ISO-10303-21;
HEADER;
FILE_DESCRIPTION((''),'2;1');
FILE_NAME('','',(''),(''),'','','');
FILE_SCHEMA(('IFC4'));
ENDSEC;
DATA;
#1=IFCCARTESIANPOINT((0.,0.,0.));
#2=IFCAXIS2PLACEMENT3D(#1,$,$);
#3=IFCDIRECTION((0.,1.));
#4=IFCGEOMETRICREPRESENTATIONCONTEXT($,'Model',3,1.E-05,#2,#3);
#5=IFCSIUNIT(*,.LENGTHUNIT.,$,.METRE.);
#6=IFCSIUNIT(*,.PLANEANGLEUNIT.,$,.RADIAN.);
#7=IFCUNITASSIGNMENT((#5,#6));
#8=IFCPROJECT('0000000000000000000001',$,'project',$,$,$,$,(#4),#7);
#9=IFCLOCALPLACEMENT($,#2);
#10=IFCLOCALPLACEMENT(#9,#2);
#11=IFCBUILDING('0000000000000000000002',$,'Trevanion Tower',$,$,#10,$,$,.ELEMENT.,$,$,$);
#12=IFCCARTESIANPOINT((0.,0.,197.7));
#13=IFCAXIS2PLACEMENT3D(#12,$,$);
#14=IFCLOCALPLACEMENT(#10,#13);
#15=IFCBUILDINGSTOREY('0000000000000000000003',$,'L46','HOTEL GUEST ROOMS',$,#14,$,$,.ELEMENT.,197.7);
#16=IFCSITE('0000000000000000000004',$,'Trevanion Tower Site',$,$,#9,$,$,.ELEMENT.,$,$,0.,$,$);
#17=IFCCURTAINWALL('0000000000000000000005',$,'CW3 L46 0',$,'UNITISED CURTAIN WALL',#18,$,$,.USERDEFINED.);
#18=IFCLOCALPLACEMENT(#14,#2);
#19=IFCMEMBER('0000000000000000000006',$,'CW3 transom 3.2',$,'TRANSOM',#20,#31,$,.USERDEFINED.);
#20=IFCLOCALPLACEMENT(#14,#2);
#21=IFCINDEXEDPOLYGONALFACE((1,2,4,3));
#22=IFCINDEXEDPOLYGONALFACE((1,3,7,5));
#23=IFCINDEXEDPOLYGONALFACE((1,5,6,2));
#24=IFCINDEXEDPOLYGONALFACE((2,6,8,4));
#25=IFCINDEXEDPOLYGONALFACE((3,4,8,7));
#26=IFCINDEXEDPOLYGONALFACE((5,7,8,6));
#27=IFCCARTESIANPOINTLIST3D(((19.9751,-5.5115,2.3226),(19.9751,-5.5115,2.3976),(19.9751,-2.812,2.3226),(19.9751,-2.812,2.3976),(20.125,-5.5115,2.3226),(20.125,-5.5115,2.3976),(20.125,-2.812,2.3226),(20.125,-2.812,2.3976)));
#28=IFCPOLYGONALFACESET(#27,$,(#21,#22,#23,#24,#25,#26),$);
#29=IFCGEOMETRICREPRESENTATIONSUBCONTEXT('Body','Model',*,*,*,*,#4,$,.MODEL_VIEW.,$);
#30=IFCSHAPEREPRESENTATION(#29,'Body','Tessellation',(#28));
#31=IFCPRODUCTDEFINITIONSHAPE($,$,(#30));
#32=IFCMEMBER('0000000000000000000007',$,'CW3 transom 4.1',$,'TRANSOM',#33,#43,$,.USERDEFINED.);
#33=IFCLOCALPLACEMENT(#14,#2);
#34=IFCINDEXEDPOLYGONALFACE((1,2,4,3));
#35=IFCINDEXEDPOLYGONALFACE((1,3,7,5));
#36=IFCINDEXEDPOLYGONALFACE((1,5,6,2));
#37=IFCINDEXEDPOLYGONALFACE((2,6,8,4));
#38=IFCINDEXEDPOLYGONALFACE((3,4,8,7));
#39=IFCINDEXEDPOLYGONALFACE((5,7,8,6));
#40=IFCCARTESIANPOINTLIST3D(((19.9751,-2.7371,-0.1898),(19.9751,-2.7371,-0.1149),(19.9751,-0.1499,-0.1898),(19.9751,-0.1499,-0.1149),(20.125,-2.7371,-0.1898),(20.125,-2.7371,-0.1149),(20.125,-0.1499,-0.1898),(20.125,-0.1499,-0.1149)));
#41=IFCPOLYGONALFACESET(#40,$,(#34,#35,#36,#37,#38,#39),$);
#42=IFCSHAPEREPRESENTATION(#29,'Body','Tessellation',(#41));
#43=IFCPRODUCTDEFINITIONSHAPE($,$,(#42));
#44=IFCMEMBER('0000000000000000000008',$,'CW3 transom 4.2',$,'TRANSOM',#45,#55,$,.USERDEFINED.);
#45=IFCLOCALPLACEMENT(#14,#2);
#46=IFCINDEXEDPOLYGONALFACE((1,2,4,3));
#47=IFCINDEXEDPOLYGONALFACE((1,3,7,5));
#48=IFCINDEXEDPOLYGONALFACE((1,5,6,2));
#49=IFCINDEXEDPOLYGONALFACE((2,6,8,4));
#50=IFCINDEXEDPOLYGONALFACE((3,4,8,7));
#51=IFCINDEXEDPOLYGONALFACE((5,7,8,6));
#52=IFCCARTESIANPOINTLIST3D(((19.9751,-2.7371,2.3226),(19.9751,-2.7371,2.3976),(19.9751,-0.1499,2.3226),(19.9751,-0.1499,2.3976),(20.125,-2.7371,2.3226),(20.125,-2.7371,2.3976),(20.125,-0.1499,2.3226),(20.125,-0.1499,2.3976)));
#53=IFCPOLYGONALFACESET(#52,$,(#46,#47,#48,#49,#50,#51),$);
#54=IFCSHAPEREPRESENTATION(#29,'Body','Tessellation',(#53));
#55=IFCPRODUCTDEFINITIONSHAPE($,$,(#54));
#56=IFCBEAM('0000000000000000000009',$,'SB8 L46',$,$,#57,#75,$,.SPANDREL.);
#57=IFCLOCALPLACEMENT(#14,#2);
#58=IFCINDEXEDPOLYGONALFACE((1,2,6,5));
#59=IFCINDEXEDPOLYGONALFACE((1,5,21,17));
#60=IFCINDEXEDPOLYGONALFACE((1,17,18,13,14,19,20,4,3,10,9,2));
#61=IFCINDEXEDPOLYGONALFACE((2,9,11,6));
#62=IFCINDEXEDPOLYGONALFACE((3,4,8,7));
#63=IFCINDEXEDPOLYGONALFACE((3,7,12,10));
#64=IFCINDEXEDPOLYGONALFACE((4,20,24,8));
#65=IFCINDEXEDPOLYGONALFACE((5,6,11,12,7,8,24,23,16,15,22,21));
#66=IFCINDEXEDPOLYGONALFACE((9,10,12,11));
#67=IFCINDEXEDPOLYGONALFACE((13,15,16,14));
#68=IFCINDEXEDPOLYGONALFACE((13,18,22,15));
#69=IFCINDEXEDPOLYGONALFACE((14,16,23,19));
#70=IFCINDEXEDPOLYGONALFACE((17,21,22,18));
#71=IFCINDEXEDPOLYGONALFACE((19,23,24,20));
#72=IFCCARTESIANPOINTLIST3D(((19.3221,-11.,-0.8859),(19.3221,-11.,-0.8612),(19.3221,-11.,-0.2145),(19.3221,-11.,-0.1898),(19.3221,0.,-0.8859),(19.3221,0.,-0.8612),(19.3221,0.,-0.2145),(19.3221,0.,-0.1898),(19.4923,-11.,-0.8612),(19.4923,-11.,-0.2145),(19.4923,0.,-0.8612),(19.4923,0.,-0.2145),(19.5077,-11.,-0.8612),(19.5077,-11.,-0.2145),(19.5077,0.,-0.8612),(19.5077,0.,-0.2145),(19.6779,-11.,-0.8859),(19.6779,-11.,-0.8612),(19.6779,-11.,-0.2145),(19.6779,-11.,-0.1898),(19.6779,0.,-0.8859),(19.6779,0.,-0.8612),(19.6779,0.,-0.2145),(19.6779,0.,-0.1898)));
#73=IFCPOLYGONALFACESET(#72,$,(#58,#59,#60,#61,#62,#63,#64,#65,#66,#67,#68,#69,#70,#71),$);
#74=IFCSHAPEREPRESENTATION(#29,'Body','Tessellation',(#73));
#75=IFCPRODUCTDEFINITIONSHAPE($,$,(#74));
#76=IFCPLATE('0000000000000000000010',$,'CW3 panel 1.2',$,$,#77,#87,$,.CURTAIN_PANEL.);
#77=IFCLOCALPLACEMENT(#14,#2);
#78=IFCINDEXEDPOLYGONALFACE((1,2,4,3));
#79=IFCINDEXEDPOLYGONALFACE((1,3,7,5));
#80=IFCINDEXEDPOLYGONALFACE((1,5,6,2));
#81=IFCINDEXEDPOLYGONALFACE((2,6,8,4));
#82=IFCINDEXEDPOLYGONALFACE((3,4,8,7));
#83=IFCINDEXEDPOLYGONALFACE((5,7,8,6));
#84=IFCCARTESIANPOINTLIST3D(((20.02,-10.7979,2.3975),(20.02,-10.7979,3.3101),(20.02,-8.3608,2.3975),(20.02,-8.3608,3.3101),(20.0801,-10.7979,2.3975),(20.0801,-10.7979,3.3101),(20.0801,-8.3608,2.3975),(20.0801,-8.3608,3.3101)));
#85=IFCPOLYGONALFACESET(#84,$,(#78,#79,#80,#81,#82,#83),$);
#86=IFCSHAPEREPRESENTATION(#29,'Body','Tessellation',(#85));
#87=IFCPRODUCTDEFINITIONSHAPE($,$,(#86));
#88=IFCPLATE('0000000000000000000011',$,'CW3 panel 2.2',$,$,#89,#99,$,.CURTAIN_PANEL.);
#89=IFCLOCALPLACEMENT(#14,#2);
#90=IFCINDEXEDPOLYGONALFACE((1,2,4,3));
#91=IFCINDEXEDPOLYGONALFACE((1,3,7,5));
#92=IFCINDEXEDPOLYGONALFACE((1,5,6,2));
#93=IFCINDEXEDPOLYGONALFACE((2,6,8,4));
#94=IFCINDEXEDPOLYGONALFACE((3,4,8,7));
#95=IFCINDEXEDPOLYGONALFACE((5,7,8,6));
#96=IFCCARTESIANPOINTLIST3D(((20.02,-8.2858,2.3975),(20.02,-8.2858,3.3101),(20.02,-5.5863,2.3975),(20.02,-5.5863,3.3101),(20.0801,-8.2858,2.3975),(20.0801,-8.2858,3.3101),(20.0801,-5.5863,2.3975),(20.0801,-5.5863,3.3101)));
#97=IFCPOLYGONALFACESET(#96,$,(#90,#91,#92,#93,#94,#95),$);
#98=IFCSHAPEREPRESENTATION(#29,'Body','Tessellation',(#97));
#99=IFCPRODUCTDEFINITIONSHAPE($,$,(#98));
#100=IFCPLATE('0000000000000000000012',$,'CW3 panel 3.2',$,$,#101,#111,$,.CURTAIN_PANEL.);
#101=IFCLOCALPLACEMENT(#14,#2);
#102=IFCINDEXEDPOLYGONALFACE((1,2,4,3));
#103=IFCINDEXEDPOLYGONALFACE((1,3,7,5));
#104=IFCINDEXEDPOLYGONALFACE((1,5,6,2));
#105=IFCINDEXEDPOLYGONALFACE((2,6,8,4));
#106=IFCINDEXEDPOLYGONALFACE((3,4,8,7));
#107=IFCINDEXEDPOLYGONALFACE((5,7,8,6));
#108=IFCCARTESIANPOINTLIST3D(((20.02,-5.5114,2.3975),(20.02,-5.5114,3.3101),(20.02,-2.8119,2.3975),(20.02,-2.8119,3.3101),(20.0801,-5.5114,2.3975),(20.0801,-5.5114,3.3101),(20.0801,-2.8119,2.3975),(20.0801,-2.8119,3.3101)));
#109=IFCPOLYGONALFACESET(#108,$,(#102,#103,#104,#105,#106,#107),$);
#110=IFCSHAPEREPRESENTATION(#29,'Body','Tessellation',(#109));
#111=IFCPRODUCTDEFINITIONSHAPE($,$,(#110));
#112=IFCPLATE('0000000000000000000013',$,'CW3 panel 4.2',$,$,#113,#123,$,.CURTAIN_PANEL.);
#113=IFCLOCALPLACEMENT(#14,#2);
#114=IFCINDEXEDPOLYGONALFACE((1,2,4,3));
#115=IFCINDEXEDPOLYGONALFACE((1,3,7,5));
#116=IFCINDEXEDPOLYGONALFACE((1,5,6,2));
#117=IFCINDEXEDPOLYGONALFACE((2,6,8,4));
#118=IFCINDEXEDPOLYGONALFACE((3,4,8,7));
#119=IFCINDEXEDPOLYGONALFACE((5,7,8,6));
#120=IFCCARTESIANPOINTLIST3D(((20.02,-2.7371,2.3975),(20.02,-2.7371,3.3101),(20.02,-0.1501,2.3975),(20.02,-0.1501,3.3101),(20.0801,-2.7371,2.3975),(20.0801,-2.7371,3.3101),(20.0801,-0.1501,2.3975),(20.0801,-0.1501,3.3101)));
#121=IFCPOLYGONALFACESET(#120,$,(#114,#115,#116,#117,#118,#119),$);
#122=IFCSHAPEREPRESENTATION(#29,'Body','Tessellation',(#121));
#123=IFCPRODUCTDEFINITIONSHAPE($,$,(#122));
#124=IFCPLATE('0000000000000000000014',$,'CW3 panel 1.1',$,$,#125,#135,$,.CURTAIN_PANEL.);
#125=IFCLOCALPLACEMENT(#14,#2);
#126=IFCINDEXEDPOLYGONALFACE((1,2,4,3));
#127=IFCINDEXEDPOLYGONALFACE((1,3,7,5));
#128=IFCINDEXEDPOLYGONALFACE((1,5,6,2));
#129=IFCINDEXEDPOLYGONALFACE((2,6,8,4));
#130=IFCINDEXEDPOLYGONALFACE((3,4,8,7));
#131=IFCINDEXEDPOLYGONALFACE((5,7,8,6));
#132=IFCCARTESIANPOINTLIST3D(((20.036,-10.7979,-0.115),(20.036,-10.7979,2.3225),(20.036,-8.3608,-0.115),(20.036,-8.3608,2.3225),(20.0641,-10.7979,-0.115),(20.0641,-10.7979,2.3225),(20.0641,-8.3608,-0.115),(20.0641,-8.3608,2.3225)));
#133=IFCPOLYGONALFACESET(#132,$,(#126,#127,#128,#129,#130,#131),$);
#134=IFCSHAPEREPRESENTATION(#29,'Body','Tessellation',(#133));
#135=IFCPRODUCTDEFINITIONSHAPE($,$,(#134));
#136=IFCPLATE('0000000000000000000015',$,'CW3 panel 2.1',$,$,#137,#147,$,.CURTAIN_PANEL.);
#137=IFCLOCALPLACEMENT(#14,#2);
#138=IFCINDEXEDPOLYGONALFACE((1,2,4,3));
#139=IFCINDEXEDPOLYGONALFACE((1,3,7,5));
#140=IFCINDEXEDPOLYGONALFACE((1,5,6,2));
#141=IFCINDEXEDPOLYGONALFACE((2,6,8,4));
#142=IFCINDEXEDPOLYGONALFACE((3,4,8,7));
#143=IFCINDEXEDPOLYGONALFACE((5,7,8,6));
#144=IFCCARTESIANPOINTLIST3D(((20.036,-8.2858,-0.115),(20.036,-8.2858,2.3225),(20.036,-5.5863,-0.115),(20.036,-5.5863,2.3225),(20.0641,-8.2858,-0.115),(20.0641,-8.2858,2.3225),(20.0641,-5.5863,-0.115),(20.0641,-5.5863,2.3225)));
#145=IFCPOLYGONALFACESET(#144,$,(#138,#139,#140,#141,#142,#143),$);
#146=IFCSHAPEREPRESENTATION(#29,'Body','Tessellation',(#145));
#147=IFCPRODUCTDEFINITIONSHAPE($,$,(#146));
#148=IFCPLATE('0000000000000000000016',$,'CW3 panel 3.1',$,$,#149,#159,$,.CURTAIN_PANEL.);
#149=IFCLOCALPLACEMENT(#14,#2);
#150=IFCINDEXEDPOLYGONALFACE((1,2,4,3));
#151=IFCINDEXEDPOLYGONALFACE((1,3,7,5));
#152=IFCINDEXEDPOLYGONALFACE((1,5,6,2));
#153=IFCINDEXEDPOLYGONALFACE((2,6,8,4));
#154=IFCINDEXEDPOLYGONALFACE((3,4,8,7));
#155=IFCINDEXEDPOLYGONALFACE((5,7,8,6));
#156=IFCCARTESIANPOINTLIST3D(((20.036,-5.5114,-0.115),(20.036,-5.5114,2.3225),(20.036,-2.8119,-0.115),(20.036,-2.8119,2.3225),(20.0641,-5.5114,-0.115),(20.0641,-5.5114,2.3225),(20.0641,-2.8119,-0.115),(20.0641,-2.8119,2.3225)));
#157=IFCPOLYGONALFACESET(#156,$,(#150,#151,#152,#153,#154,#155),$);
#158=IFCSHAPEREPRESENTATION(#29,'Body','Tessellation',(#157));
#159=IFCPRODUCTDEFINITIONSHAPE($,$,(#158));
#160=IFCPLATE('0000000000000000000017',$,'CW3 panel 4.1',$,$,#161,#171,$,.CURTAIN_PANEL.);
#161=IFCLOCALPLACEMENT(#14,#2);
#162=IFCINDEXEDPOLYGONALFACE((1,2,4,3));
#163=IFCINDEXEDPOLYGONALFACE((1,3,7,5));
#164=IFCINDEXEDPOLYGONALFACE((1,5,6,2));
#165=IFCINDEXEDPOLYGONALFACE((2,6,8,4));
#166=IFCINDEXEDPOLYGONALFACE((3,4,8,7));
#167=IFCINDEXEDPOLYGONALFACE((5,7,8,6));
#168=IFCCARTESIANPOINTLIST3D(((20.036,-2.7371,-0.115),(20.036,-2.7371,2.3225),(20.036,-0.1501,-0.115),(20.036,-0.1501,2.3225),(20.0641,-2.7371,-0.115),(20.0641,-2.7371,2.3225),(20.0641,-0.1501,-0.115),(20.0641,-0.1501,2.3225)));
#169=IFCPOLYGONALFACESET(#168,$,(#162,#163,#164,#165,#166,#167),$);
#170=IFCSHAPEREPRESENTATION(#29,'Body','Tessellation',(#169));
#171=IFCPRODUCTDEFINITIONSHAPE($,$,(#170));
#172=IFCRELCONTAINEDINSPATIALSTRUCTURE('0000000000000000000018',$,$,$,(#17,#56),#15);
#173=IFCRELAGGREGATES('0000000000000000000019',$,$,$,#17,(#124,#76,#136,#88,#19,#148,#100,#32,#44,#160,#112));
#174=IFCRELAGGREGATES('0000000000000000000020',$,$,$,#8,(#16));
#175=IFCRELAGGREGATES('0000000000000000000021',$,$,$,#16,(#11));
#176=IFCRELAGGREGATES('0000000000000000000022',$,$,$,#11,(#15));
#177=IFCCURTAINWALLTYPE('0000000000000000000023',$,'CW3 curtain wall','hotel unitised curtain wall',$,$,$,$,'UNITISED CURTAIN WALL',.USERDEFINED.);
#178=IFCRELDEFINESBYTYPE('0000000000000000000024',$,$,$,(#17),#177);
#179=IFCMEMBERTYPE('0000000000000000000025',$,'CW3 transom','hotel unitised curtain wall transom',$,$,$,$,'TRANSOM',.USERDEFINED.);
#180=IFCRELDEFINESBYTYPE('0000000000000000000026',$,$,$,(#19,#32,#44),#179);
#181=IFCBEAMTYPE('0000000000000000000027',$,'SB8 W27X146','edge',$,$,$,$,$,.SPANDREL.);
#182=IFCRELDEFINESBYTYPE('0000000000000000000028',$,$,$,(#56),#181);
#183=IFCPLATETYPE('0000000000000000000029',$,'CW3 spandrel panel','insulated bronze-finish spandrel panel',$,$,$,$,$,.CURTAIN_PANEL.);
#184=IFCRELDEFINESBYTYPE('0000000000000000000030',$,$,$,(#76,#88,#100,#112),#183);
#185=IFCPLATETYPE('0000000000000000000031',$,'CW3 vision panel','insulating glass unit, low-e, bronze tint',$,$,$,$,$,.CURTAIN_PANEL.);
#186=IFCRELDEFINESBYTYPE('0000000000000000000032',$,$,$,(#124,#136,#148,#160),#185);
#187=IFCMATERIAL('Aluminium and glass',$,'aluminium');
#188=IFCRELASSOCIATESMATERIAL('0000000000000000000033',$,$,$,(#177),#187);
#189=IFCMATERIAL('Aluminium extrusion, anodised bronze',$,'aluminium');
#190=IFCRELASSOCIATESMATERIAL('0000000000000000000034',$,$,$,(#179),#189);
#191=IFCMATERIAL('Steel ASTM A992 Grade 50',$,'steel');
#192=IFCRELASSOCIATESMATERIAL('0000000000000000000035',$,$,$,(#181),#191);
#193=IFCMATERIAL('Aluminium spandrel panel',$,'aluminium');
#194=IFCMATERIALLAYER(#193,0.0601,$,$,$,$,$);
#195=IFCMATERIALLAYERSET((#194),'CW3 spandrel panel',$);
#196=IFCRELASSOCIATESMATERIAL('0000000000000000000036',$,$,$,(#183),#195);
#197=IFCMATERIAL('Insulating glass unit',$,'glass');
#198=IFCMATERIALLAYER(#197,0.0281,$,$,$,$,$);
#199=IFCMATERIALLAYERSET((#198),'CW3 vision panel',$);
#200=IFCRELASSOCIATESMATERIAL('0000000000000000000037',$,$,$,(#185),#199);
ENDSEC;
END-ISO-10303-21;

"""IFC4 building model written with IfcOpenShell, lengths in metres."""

from ifc_helpers import new_model, si_unit, direction, frame, origin, origin_2d, place, context, subcontext, project, spatial, rectangle, i_section, extrude, material, layer, layer_set, material_profile, profile_set, type_object, element, aggregate, save


model = new_model("IFC4")

# Units and contexts
model_context = context("Model", 3, precision=1e-05, world=origin(), true_north=direction((0.0, 1.0)))
body_context = subcontext(model_context, "Body", "Model", "MODEL_VIEW")
ifc_project = project(units=[si_unit("LENGTHUNIT", "METRE"), si_unit("PLANEANGLEUNIT", "RADIAN")], contexts=[model_context])

# Site, building, storey
site_placement = place(None, origin())
site = spatial("IfcSite", under=ifc_project, at=site_placement, Name="Trevanion Tower Site", CompositionType="ELEMENT", RefElevation=0.0)
building_placement = place(site_placement, origin())
building = spatial("IfcBuilding", under=site, at=building_placement, Name="Trevanion Tower", CompositionType="ELEMENT")
storey_placement = place(building_placement, frame((0.0, 0.0, 197.7)))
storey = spatial("IfcBuildingStorey", under=building, at=storey_placement, Name="L46", Description="HOTEL GUEST ROOMS", CompositionType="ELEMENT", Elevation=197.7)

# Curtain wall, members
ifc_material_1 = material(Name="Aluminium and glass", Category="aluminium")
curtain_wall_type = type_object("IfcCurtainWallType", Name="CW3 curtain wall", Description="hotel unitised curtain wall", ElementType="UNITISED CURTAIN WALL", PredefinedType="USERDEFINED", material=ifc_material_1)
curtain_wall_placement = place(storey_placement, origin())
curtain_wall = element("IfcCurtainWall", 1, at=curtain_wall_placement, inside=storey, type_object=curtain_wall_type, Name="CW3 L46 0", ObjectType="UNITISED CURTAIN WALL", PredefinedType="USERDEFINED")
ifc_material_2 = material(Name="Aluminium extrusion, anodised bronze", Category="aluminium")
ifc_material_profile_1 = material_profile(ifc_material_2, rectangle(XDim=0.1499, YDim=0.075, at=origin_2d()), Name="CW3 transom")
ifc_profile_set_1 = profile_set([ifc_material_profile_1], Name="Aluminium extrusion, anodised bronze")
member_type_1 = type_object("IfcMemberType", Name="CW3 transom", Description="hotel unitised curtain wall transom", ElementType="TRANSOM", PredefinedType="USERDEFINED", material=ifc_profile_set_1)
member_1_placement = place(storey_placement, frame((20.05, -5.5115, 2.3601), z_axis=(0.0, 1.0, 0.0), x_axis=(-1.0, 0.0, 0.0)))
member_1 = element("IfcMember", 2, at=member_1_placement, type_object=member_type_1, Name="CW3 transom 3.2", ObjectType="TRANSOM", PredefinedType="USERDEFINED", context=body_context, shape_type="SweptSolid", body=[
    extrude(rectangle(XDim=0.1499, YDim=0.075, at=origin_2d()), origin(), (0.0, 0.0, 1.0), 2.6995),
])
member_2_placement = place(storey_placement, frame((20.05, -2.7371, -0.1523), z_axis=(0.0, 1.0, 0.0), x_axis=(-1.0, 0.0, 0.0)))
member_2 = element("IfcMember", 3, at=member_2_placement, type_object=member_type_1, Name="CW3 transom 4.1", ObjectType="TRANSOM", PredefinedType="USERDEFINED", context=body_context, shape_type="SweptSolid", body=[
    extrude(rectangle(XDim=0.1499, YDim=0.075, at=origin_2d()), origin(), (0.0, 0.0, 1.0), 2.5872),
])
member_3_placement = place(storey_placement, frame((20.05, -2.7371, 2.3601), z_axis=(0.0, 1.0, 0.0), x_axis=(-1.0, 0.0, 0.0)))
member_3 = element("IfcMember", 4, at=member_3_placement, type_object=member_type_1, Name="CW3 transom 4.2", ObjectType="TRANSOM", PredefinedType="USERDEFINED", context=body_context, shape_type="SweptSolid", body=[
    extrude(rectangle(XDim=0.1499, YDim=0.075, at=origin_2d()), origin(), (0.0, 0.0, 1.0), 2.5872),
])

# Beam
ifc_material_3 = material(Name="Steel ASTM A992 Grade 50", Category="steel")
ifc_material_profile_2 = material_profile(ifc_material_3, i_section(OverallWidth=0.3557, OverallDepth=0.696, WebThickness=0.0154, FlangeThickness=0.0247, at=origin_2d()), Name="W27X146")
ifc_profile_set_2 = profile_set([ifc_material_profile_2], Name="Steel ASTM A992 Grade 50")
beam_type_1 = type_object("IfcBeamType", Name="SB8 W27X146", Description="edge", PredefinedType="SPANDREL", material=ifc_profile_set_2)
beam_placement = place(storey_placement, frame((19.5, -11.0, -0.5378), z_axis=(0.0, 1.0, 0.0), x_axis=(-1.0, 0.0, 0.0)))
element("IfcBeam", 5, at=beam_placement, inside=storey, type_object=beam_type_1, Name="SB8 L46", PredefinedType="SPANDREL", context=body_context, shape_type="SweptSolid", body=[
    extrude(i_section(OverallWidth=0.3557, OverallDepth=0.696, WebThickness=0.0154, FlangeThickness=0.0247, at=origin_2d()), origin(), (0.0, 0.0, 1.0), 11.0),
])

# Plates
ifc_material_4 = material(Name="Aluminium spandrel panel", Category="aluminium")
ifc_layer_1 = layer(ifc_material_4, 0.0601)
ifc_layer_set_1 = layer_set([ifc_layer_1], Name="CW3 spandrel panel")
plate_type_1 = type_object("IfcPlateType", Name="CW3 spandrel panel", Description="insulated bronze-finish spandrel panel", PredefinedType="CURTAIN_PANEL", material=ifc_layer_set_1)
plate_1_placement = place(storey_placement, frame((20.05, -9.5793, 2.3975), z_axis=(0.0, 0.0, 1.0), x_axis=(0.0, 1.0, 0.0)))
plate_1 = element("IfcPlate", 6, at=plate_1_placement, type_object=plate_type_1, Name="CW3 panel 1.2", PredefinedType="CURTAIN_PANEL", context=body_context, shape_type="SweptSolid", body=[
    extrude(rectangle(XDim=2.437, YDim=0.0601, at=origin_2d()), origin(), (0.0, 0.0, 1.0), 0.9126),
])
plate_2_placement = place(storey_placement, frame((20.05, -6.936, 2.3975), z_axis=(0.0, 0.0, 1.0), x_axis=(0.0, 1.0, 0.0)))
plate_2 = element("IfcPlate", 7, at=plate_2_placement, type_object=plate_type_1, Name="CW3 panel 2.2", PredefinedType="CURTAIN_PANEL", context=body_context, shape_type="SweptSolid", body=[
    extrude(rectangle(XDim=2.6995, YDim=0.0601, at=origin_2d()), origin(), (0.0, 0.0, 1.0), 0.9126),
])
plate_3_placement = place(storey_placement, frame((20.05, -4.1616, 2.3975), z_axis=(0.0, 0.0, 1.0), x_axis=(0.0, 1.0, 0.0)))
plate_3 = element("IfcPlate", 8, at=plate_3_placement, type_object=plate_type_1, Name="CW3 panel 3.2", PredefinedType="CURTAIN_PANEL", context=body_context, shape_type="SweptSolid", body=[
    extrude(rectangle(XDim=2.6995, YDim=0.0601, at=origin_2d()), origin(), (0.0, 0.0, 1.0), 0.9126),
])
plate_4_placement = place(storey_placement, frame((20.05, -1.4436, 2.3975), z_axis=(0.0, 0.0, 1.0), x_axis=(0.0, 1.0, 0.0)))
plate_4 = element("IfcPlate", 9, at=plate_4_placement, type_object=plate_type_1, Name="CW3 panel 4.2", PredefinedType="CURTAIN_PANEL", context=body_context, shape_type="SweptSolid", body=[
    extrude(rectangle(XDim=2.5869, YDim=0.0601, at=origin_2d()), origin(), (0.0, 0.0, 1.0), 0.9126),
])
ifc_material_5 = material(Name="Insulating glass unit", Category="glass")
ifc_layer_2 = layer(ifc_material_5, 0.0281)
ifc_layer_set_2 = layer_set([ifc_layer_2], Name="CW3 vision panel")
plate_type_2 = type_object("IfcPlateType", Name="CW3 vision panel", Description="insulating glass unit, low-e, bronze tint", PredefinedType="CURTAIN_PANEL", material=ifc_layer_set_2)
plate_5_placement = place(storey_placement, frame((20.05, -9.5793, -0.115), z_axis=(0.0, 0.0, 1.0), x_axis=(0.0, 1.0, 0.0)))
plate_5 = element("IfcPlate", 10, at=plate_5_placement, type_object=plate_type_2, Name="CW3 panel 1.1", PredefinedType="CURTAIN_PANEL", context=body_context, shape_type="SweptSolid", body=[
    extrude(rectangle(XDim=2.437, YDim=0.0281, at=origin_2d()), origin(), (0.0, 0.0, 1.0), 2.4375),
])
plate_6_placement = place(storey_placement, frame((20.05, -6.936, -0.115), z_axis=(0.0, 0.0, 1.0), x_axis=(0.0, 1.0, 0.0)))
plate_6 = element("IfcPlate", 11, at=plate_6_placement, type_object=plate_type_2, Name="CW3 panel 2.1", PredefinedType="CURTAIN_PANEL", context=body_context, shape_type="SweptSolid", body=[
    extrude(rectangle(XDim=2.6995, YDim=0.0281, at=origin_2d()), origin(), (0.0, 0.0, 1.0), 2.4375),
])
plate_7_placement = place(storey_placement, frame((20.05, -4.1616, -0.115), z_axis=(0.0, 0.0, 1.0), x_axis=(0.0, 1.0, 0.0)))
plate_7 = element("IfcPlate", 12, at=plate_7_placement, type_object=plate_type_2, Name="CW3 panel 3.1", PredefinedType="CURTAIN_PANEL", context=body_context, shape_type="SweptSolid", body=[
    extrude(rectangle(XDim=2.6995, YDim=0.0281, at=origin_2d()), origin(), (0.0, 0.0, 1.0), 2.4375),
])
plate_8_placement = place(storey_placement, frame((20.05, -1.4436, -0.115), z_axis=(0.0, 0.0, 1.0), x_axis=(0.0, 1.0, 0.0)))
plate_8 = element("IfcPlate", 13, at=plate_8_placement, type_object=plate_type_2, Name="CW3 panel 4.1", PredefinedType="CURTAIN_PANEL", context=body_context, shape_type="SweptSolid", body=[
    extrude(rectangle(XDim=2.5869, YDim=0.0281, at=origin_2d()), origin(), (0.0, 0.0, 1.0), 2.4375),
])
aggregate(curtain_wall, [plate_5, plate_1, plate_6, plate_2, member_1, plate_7, plate_3, member_2, member_3, plate_8, plate_4])

save(model, "model.ifc")
